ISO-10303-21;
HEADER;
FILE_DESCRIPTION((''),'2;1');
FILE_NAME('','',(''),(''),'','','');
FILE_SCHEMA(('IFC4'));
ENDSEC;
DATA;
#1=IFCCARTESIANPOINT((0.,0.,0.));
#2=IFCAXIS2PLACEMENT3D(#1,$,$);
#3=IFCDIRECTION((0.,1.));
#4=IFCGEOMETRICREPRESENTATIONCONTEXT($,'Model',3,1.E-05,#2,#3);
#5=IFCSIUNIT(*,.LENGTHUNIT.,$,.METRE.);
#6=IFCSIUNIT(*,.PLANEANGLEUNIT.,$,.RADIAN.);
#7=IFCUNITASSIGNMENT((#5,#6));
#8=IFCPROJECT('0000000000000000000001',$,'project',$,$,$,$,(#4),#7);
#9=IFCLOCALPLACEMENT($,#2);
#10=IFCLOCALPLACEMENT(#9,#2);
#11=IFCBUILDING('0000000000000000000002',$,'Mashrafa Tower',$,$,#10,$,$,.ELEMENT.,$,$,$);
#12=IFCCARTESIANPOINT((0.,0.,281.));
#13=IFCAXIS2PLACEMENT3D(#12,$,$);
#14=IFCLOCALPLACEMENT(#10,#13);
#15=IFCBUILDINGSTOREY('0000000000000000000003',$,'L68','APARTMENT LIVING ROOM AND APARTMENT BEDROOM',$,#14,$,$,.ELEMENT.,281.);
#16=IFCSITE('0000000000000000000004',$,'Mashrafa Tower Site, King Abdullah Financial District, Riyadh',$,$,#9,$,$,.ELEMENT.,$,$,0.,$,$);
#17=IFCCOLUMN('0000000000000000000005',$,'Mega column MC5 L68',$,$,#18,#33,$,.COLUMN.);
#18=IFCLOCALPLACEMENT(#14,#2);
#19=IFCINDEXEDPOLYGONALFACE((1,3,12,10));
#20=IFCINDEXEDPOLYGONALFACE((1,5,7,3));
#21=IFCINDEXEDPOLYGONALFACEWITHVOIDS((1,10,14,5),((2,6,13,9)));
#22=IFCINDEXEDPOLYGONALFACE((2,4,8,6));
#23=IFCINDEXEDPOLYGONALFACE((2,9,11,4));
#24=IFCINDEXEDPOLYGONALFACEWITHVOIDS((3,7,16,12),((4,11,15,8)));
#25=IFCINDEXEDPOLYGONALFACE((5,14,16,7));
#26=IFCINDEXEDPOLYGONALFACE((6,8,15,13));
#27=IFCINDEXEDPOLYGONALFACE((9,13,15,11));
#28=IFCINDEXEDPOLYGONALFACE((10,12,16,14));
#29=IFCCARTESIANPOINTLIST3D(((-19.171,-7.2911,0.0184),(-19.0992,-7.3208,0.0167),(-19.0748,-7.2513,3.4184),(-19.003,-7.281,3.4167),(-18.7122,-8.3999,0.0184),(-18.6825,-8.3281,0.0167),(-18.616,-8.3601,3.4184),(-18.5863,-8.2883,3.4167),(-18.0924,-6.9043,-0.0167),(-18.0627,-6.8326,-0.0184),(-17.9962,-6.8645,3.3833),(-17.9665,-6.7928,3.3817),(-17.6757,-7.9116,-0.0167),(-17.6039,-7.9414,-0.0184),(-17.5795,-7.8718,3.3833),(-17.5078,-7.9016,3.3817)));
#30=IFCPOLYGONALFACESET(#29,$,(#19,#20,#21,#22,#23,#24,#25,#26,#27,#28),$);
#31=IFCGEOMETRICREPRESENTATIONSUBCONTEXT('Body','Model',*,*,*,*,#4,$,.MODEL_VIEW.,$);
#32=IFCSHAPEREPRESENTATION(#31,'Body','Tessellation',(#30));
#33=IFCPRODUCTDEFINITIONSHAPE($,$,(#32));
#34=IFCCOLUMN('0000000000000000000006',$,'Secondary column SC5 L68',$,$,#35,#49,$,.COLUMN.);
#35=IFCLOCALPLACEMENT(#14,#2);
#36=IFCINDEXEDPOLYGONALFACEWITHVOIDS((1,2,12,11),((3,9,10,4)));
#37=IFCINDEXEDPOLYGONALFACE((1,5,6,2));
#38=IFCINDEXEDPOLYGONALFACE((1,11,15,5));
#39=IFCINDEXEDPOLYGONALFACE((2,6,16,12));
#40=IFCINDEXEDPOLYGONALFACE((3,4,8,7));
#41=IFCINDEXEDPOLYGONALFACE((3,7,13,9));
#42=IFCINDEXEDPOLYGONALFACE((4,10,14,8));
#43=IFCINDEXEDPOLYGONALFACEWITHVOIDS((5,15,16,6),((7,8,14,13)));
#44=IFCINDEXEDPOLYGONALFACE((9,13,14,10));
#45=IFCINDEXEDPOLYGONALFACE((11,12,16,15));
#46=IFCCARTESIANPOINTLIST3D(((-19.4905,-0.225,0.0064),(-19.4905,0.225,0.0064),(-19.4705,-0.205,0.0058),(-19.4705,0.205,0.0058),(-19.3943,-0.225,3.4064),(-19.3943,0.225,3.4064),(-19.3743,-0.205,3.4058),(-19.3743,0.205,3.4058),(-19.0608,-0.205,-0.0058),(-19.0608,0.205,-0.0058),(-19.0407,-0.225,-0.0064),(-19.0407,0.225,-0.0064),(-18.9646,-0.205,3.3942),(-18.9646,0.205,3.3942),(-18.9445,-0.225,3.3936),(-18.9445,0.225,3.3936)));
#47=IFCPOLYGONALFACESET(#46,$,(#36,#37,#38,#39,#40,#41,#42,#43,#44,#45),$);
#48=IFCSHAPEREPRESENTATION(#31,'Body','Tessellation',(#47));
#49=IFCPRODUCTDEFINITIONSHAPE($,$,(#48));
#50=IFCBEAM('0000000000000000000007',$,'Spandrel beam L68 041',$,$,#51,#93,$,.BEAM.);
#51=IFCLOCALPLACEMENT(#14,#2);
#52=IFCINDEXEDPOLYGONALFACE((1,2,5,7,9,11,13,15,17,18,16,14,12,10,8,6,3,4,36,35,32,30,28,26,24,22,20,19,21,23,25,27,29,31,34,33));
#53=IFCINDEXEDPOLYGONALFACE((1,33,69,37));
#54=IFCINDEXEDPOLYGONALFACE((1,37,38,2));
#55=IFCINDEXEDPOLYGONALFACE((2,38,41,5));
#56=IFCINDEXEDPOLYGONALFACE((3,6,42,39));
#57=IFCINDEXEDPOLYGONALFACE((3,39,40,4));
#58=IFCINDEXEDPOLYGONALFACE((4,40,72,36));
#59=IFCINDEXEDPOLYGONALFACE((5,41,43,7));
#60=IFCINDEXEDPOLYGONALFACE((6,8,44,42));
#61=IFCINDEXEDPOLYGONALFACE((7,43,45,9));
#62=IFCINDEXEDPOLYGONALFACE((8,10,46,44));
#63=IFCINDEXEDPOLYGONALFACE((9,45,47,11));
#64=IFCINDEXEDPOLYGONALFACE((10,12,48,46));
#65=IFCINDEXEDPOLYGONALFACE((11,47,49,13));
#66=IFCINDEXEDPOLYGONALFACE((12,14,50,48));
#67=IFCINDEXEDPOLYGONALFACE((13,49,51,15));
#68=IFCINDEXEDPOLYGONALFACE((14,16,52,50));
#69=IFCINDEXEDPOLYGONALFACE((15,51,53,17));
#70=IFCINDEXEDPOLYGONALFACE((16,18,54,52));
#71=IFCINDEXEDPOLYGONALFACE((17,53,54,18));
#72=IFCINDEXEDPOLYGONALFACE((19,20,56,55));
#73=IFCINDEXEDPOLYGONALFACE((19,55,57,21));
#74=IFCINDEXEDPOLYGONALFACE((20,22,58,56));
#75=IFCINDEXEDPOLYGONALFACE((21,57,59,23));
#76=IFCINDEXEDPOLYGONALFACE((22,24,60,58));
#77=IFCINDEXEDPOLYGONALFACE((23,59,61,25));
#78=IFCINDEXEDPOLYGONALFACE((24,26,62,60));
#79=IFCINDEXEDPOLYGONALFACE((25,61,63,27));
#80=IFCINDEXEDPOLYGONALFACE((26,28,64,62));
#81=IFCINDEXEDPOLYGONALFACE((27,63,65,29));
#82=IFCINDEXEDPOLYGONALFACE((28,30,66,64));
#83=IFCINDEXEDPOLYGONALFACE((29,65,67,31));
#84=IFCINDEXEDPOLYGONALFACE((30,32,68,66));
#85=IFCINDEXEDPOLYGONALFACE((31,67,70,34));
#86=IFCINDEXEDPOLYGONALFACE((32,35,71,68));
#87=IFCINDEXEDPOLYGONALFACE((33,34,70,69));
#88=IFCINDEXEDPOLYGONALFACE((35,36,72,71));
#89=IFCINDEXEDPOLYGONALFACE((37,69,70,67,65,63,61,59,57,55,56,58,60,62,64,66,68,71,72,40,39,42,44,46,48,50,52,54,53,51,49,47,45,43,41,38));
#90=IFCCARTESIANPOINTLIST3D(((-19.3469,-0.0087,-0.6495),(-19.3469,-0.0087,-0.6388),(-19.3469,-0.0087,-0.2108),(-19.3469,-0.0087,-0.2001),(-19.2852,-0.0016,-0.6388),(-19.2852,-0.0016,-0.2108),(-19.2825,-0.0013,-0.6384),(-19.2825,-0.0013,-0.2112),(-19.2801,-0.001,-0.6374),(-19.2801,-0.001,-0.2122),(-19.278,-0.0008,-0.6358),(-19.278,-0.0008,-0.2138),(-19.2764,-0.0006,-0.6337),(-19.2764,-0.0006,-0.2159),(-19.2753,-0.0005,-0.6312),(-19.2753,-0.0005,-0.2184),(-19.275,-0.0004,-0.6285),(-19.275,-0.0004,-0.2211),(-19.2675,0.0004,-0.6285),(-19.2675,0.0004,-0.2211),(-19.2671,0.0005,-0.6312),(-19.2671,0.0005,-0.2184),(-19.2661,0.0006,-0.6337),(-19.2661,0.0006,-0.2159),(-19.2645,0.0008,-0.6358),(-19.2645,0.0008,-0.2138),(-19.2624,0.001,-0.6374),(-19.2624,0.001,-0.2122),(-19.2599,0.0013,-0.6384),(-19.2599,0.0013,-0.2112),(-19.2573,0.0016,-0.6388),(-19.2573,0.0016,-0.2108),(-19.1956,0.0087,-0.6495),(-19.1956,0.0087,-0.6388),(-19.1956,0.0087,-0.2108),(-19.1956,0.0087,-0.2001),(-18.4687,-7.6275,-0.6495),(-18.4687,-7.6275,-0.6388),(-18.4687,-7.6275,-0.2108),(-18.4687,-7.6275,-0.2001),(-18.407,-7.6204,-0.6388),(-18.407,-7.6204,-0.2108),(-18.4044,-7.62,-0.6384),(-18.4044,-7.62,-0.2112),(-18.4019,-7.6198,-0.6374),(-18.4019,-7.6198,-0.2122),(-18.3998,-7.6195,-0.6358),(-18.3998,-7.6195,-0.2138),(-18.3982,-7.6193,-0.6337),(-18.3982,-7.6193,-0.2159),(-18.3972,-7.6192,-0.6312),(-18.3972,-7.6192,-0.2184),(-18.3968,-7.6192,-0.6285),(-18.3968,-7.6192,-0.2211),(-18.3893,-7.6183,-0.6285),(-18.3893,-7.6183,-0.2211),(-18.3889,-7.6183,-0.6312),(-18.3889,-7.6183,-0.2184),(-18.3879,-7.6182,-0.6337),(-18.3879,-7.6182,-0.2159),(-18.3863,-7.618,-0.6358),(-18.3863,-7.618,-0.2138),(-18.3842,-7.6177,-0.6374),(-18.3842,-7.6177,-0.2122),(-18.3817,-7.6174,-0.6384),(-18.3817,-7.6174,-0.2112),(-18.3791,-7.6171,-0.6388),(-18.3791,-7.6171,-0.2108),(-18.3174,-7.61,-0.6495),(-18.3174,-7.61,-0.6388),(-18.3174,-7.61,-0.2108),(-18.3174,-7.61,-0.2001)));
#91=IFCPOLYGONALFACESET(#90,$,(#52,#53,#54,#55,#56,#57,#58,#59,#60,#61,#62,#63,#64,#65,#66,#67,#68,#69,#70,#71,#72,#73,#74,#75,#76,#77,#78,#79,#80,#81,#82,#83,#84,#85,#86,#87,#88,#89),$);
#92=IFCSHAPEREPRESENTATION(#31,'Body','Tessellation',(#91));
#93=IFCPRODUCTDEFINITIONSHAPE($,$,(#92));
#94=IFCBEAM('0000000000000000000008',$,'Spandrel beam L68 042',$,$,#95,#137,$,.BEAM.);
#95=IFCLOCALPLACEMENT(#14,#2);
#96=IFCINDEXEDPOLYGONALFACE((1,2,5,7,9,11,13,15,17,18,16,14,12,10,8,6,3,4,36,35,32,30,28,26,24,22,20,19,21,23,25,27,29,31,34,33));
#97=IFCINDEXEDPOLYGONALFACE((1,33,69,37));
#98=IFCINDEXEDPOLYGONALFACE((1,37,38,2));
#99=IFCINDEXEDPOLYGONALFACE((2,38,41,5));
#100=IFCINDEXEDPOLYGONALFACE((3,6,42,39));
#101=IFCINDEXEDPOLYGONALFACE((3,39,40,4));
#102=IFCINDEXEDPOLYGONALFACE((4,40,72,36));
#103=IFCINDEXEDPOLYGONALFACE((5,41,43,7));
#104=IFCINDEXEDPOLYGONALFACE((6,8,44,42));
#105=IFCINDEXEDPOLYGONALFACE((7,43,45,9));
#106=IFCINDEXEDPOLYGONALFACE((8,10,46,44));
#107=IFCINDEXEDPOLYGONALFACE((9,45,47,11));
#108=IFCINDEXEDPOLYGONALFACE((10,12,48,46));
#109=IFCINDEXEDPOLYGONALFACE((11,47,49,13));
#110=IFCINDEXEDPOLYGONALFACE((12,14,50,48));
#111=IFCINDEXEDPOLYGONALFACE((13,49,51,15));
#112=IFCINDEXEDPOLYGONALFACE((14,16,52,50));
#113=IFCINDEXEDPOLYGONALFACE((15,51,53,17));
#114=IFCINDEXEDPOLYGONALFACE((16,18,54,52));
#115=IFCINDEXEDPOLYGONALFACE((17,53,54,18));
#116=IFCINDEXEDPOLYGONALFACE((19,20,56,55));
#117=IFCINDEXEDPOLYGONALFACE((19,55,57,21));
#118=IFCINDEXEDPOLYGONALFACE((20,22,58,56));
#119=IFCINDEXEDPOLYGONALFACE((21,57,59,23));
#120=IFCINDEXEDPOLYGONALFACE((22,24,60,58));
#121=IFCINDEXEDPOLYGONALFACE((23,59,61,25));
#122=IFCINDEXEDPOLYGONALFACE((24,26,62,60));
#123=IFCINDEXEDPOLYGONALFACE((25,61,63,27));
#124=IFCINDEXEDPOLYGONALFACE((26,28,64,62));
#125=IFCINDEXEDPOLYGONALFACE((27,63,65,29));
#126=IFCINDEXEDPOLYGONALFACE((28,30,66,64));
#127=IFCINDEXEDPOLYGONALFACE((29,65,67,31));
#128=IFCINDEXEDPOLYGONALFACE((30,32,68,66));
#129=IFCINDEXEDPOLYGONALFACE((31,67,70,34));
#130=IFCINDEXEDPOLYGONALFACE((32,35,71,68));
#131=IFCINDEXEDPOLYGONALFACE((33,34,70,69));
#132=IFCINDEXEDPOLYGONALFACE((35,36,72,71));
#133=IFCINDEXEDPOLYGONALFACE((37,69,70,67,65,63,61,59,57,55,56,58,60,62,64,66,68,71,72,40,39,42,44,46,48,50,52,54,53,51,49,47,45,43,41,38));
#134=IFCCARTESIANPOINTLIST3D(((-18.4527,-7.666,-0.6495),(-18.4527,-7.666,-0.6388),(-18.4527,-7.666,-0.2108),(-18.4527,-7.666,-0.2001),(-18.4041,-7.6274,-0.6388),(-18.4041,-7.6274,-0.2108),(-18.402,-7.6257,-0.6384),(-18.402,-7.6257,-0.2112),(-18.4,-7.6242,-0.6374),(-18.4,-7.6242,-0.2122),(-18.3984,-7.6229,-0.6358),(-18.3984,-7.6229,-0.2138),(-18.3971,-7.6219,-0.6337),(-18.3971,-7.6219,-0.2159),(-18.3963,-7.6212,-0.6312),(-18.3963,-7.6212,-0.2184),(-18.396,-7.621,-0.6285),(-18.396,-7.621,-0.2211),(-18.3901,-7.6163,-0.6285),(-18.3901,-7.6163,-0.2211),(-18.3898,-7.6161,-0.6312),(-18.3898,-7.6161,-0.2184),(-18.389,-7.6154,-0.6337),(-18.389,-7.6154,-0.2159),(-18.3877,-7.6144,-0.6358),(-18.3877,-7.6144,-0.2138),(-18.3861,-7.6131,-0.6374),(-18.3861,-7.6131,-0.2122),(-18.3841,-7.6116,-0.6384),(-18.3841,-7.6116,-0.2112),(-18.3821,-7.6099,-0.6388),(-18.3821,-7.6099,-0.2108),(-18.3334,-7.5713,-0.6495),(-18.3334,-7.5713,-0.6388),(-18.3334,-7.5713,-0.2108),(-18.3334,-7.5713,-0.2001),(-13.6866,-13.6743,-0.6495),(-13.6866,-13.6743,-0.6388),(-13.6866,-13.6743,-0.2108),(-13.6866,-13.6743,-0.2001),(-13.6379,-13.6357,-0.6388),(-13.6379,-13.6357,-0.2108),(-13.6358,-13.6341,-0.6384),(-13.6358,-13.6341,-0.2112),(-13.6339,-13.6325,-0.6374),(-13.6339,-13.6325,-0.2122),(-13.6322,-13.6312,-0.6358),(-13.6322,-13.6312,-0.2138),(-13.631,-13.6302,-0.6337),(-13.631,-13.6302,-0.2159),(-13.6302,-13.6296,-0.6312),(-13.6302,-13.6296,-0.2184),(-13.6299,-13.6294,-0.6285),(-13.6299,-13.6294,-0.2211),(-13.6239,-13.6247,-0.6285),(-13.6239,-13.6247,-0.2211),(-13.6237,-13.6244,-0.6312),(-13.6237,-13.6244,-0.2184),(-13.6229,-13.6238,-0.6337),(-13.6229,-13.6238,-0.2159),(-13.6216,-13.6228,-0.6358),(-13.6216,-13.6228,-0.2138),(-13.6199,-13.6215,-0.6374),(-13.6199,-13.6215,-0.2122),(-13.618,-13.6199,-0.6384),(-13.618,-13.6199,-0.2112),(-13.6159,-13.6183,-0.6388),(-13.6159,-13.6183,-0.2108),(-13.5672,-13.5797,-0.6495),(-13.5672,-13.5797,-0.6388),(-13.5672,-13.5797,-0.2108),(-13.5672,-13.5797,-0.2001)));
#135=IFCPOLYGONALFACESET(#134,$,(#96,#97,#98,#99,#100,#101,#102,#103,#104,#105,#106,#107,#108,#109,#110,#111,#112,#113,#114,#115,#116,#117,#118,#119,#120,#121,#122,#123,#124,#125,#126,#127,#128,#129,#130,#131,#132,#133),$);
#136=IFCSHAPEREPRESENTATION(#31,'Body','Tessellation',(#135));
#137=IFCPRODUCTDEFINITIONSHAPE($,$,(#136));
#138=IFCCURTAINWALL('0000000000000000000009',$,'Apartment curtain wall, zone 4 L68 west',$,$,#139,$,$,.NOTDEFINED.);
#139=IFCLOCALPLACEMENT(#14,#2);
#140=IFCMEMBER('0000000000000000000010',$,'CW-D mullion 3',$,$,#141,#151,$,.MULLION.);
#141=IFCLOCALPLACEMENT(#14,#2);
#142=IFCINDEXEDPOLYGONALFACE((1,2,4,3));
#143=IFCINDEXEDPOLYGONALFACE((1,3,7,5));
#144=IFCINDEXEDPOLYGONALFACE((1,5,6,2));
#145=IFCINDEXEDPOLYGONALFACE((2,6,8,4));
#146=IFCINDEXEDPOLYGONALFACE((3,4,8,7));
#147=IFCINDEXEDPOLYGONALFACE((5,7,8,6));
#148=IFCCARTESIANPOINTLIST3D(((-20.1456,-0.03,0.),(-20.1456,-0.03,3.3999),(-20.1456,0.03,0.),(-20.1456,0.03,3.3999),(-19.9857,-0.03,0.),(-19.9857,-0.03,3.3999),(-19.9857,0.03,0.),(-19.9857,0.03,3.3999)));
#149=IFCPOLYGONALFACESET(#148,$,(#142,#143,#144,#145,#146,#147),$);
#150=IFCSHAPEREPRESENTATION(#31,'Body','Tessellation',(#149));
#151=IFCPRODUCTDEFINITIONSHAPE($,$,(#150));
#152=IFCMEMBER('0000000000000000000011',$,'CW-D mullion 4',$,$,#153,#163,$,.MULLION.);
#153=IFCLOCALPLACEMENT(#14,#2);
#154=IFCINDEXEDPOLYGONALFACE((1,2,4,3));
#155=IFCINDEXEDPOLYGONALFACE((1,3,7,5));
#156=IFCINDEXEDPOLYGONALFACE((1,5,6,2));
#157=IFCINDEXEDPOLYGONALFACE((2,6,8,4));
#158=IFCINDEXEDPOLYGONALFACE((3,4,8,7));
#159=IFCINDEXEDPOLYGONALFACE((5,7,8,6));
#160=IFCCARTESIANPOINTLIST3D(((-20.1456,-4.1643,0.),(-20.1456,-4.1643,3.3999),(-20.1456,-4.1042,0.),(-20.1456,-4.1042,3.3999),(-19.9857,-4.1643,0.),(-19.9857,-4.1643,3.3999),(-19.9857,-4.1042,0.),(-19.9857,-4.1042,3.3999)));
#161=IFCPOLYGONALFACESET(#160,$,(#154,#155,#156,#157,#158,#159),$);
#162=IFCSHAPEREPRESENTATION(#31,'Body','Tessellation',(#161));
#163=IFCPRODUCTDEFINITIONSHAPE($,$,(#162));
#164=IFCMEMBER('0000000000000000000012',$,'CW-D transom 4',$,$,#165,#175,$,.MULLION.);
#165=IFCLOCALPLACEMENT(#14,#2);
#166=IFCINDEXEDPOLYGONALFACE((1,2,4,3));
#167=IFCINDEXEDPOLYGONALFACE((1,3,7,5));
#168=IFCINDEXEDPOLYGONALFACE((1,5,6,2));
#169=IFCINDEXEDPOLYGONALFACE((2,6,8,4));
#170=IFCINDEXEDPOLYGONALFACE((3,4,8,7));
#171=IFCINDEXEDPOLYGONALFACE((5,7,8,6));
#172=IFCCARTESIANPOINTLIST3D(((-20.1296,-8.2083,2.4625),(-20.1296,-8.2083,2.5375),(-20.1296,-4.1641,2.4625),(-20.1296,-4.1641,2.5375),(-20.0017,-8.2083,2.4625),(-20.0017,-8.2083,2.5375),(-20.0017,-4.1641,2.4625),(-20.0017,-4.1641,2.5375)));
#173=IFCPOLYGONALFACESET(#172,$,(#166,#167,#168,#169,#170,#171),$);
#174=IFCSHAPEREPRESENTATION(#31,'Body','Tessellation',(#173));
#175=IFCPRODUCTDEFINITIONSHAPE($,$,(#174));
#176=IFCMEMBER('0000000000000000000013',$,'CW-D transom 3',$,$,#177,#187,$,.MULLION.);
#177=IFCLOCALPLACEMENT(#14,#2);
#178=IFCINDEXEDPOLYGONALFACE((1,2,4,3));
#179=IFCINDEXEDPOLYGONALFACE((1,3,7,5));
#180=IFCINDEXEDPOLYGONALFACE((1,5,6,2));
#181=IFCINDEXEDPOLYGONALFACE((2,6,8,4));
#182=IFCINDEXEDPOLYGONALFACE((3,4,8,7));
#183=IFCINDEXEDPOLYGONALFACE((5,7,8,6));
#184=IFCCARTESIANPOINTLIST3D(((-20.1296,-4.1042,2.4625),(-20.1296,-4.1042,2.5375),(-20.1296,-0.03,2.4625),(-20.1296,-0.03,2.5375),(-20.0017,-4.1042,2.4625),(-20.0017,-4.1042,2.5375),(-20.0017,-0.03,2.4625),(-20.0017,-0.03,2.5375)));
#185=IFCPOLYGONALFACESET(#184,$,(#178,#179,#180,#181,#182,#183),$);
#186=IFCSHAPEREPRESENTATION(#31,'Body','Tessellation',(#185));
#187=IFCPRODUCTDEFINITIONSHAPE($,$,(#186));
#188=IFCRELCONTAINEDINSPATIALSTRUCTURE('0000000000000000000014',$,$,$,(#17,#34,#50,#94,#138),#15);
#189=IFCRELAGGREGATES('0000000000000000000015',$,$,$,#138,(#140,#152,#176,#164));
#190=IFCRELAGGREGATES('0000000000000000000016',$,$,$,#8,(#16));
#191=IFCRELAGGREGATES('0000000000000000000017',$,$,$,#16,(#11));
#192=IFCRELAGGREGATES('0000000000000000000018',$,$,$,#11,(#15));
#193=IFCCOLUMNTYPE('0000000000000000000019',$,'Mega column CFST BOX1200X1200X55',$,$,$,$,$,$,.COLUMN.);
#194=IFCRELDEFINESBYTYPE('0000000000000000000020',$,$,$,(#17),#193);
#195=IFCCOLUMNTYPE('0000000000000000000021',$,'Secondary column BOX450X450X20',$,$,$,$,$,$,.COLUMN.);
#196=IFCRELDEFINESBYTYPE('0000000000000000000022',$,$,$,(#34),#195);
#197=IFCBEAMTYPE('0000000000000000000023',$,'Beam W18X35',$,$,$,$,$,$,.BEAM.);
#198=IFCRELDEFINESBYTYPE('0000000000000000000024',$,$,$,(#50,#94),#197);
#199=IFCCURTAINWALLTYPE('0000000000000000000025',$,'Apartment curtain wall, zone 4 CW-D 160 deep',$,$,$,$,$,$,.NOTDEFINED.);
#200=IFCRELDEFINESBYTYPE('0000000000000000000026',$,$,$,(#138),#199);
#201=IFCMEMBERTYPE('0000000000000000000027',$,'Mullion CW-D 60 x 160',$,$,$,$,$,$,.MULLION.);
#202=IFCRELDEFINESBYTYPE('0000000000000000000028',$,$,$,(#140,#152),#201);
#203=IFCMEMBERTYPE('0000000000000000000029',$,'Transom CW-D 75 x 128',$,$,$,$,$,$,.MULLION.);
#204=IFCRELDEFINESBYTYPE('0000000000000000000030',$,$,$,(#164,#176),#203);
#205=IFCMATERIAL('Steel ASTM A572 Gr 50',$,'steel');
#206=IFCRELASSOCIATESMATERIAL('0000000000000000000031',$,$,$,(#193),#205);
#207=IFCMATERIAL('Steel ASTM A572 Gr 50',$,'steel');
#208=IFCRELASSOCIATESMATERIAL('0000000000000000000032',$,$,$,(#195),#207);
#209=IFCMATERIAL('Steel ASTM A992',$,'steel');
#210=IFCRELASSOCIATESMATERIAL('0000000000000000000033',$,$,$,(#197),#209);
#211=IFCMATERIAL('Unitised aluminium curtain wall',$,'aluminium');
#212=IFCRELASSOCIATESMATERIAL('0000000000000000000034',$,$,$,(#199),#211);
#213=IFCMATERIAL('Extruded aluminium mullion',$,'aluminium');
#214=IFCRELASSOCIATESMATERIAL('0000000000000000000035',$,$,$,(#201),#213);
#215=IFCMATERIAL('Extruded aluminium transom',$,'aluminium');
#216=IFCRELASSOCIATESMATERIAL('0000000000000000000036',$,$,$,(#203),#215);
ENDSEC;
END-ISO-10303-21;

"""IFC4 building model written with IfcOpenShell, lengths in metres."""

from ifc_helpers import new_model, si_unit, direction, frame, origin, origin_2d, place, context, subcontext, project, spatial, rectangle, hollow_rectangle, i_section, extrude, source, transform, mapped, material, material_profile, profile_set, type_object, type_shapes, element, aggregate, save


model = new_model("IFC4")

# Units and contexts
model_context = context("Model", 3, precision=1e-05, world=origin(), true_north=direction((0.0, 1.0)))
body_context = subcontext(model_context, "Body", "Model", "MODEL_VIEW")
ifc_project = project(units=[si_unit("LENGTHUNIT", "METRE"), si_unit("PLANEANGLEUNIT", "RADIAN")], contexts=[model_context])

# Site, building, storey
site_placement = place(None, origin())
site = spatial("IfcSite", under=ifc_project, at=site_placement, Name="Mashrafa Tower Site, King Abdullah Financial District, Riyadh", CompositionType="ELEMENT", RefElevation=0.0)
building_placement = place(site_placement, origin())
building = spatial("IfcBuilding", under=site, at=building_placement, Name="Mashrafa Tower", CompositionType="ELEMENT")
storey_placement = place(building_placement, frame((0.0, 0.0, 281.0)))
storey = spatial("IfcBuildingStorey", under=building, at=storey_placement, Name="L68", Description="APARTMENT LIVING ROOM AND APARTMENT BEDROOM", CompositionType="ELEMENT", Elevation=281.0)

# Columns
ifc_material_1 = material(Name="Steel ASTM A572 Gr 50", Category="steel")
ifc_material_profile_1 = material_profile(ifc_material_1, hollow_rectangle(XDim=1.2, YDim=1.2, WallThickness=0.0549, at=origin_2d()), Name="BOX1200X1200X55")
ifc_profile_set_1 = profile_set([ifc_material_profile_1], Name="Steel ASTM A572 Gr 50")
column_type_1 = type_object("IfcColumnType", Name="Mega column CFST BOX1200X1200X55", PredefinedType="COLUMN", material=ifc_profile_set_1)
column_1_placement = place(storey_placement, frame((-18.3875, -7.6162, 0.0), z_axis=(0.028279, 0.011699, 0.999532), x_axis=(-0.382283, 0.924045, 0.0)))
element("IfcColumn", 1, at=column_1_placement, inside=storey, type_object=column_type_1, Name="Mega column MC5 L68", PredefinedType="COLUMN", context=body_context, shape_type="SweptSolid", body=[
    extrude(hollow_rectangle(XDim=1.2, YDim=1.2, WallThickness=0.0549, at=origin_2d()), origin(), (0.0, 0.0, 1.0), 3.4016),
])
ifc_material_2 = material(Name="Steel ASTM A572 Gr 50", Category="steel")
ifc_material_profile_2 = material_profile(ifc_material_2, hollow_rectangle(XDim=0.45, YDim=0.45, WallThickness=0.02, at=origin_2d()), Name="BOX450X450X20")
ifc_profile_set_2 = profile_set([ifc_material_profile_2], Name="Steel ASTM A572 Gr 50")
column_type_2 = type_object("IfcColumnType", Name="Secondary column BOX450X450X20", PredefinedType="COLUMN", material=ifc_profile_set_2)
column_2_placement = place(storey_placement, frame((-19.2656, 0.0, 0.0), z_axis=(0.028281, 0.0, 0.9996), x_axis=(0.0, 1.0, 0.0)))
element("IfcColumn", 2, at=column_2_placement, inside=storey, type_object=column_type_2, Name="Secondary column SC5 L68", PredefinedType="COLUMN", context=body_context, shape_type="SweptSolid", body=[
    extrude(hollow_rectangle(XDim=0.45, YDim=0.45, WallThickness=0.02, at=origin_2d()), origin(), (0.0, 0.0, 1.0), 3.4014),
])

# Beams
ifc_material_3 = material(Name="Steel ASTM A992", Category="steel")
ifc_material_profile_3 = material_profile(ifc_material_3, i_section(OverallWidth=0.1523, OverallDepth=0.4495, WebThickness=0.0076, FlangeThickness=0.0107, FilletRadius=0.0103, at=origin_2d()), Name="W18X35")
ifc_profile_set_3 = profile_set([ifc_material_profile_3], Name="Steel ASTM A992")
beam_type = type_object("IfcBeamType", Name="Beam W18X35", PredefinedType="BEAM", material=ifc_profile_set_3)
for number, where, z_axis, x_axis, name in (
    (3, (-19.2712, 0.0, -0.4248), (0.114508, -0.993422, 0.0), (0.993422, 0.114508, 0.0), "Spandrel beam L68 041"),
    (4, (-18.3931, -7.6187, -0.4248), (0.621467, -0.78344, 0.0), (0.78344, 0.621467, 0.0), "Spandrel beam L68 042"),
):
    element("IfcBeam", number, at=place(storey_placement, frame(where, z_axis=z_axis, x_axis=x_axis)), inside=storey, type_object=beam_type, Name=name, PredefinedType="BEAM", context=body_context, shape_type="SweptSolid", body=[
        extrude(i_section(OverallWidth=0.1523, OverallDepth=0.4495, WebThickness=0.0076, FlangeThickness=0.0107, FilletRadius=0.0103, at=origin_2d()), origin(), (0.0, 0.0, 1.0), 7.6692),
    ])

# Curtain wall, members
ifc_material_4 = material(Name="Unitised aluminium curtain wall", Category="aluminium")
curtain_wall_type = type_object("IfcCurtainWallType", Name="Apartment curtain wall, zone 4 CW-D 160 deep", PredefinedType="NOTDEFINED", material=ifc_material_4)
curtain_wall_placement = place(storey_placement, origin())
curtain_wall = element("IfcCurtainWall", 5, at=curtain_wall_placement, inside=storey, type_object=curtain_wall_type, Name="Apartment curtain wall, zone 4 L68 west", PredefinedType="NOTDEFINED")
ifc_material_5 = material(Name="Extruded aluminium mullion", Category="aluminium")
ifc_material_profile_4 = material_profile(ifc_material_5, rectangle(XDim=0.1599, YDim=0.0601, at=origin_2d()), Name="Mullion 60x160")
ifc_profile_set_4 = profile_set([ifc_material_profile_4], Name="Extruded aluminium mullion")
member_type_1 = type_object("IfcMemberType", Name="Mullion CW-D 60 x 160", PredefinedType="MULLION", material=ifc_profile_set_4)
shared_shape_1 = source(origin(), body_context, "Body", "SweptSolid", [
    extrude(rectangle(XDim=0.1599, YDim=0.0601, at=origin_2d()), origin(), (0.0, 0.0, 1.0), 3.3999),
])
type_shapes(member_type_1, [shared_shape_1])
member_1_placement = place(storey_placement, frame((-20.0657, 0.0, 0.0), z_axis=(0.0, 0.0, 1.0), x_axis=(1.0, 0.0, 0.0)))
member_1 = element("IfcMember", 6, at=member_1_placement, type_object=member_type_1, Name="CW-D mullion 3", PredefinedType="MULLION", context=body_context, shape_type="MappedRepresentation", body=[
    mapped(shared_shape_1, transform((0.0, 0.0, 0.0))),
])
member_2_placement = place(storey_placement, frame((-20.0657, -4.1343, 0.0), z_axis=(0.0, 0.0, 1.0), x_axis=(1.0, 0.0, 0.0)))
member_2 = element("IfcMember", 7, at=member_2_placement, type_object=member_type_1, Name="CW-D mullion 4", PredefinedType="MULLION", context=body_context, shape_type="MappedRepresentation", body=[
    mapped(shared_shape_1, transform((0.0, 0.0, 0.0))),
])
ifc_material_6 = material(Name="Extruded aluminium transom", Category="aluminium")
ifc_material_profile_5 = material_profile(ifc_material_6, rectangle(XDim=0.1279, YDim=0.075, at=origin_2d()), Name="Transom 75x128")
ifc_profile_set_5 = profile_set([ifc_material_profile_5], Name="Extruded aluminium transom")
member_type_2 = type_object("IfcMemberType", Name="Transom CW-D 75 x 128", PredefinedType="MULLION", material=ifc_profile_set_5)
shared_shape_2 = source(origin(), body_context, "Body", "SweptSolid", [
    extrude(rectangle(XDim=0.1279, YDim=0.075, at=origin_2d()), origin(), (0.0, 0.0, 1.0), 4.0442),
])
member_3_placement = place(storey_placement, frame((-20.0657, -4.1641, 2.5), z_axis=(0.0, -1.0, 0.0), x_axis=(1.0, 0.0, 0.0)))
member_3 = element("IfcMember", 8, at=member_3_placement, type_object=member_type_2, Name="CW-D transom 4", PredefinedType="MULLION", context=body_context, shape_type="MappedRepresentation", body=[
    mapped(shared_shape_2, transform((0.0, 0.0, 0.0))),
])
shared_shape_3 = source(origin(), body_context, "Body", "SweptSolid", [
    extrude(rectangle(XDim=0.1279, YDim=0.075, at=origin_2d()), origin(), (0.0, 0.0, 1.0), 4.0742),
])
type_shapes(member_type_2, [shared_shape_2, shared_shape_3])
member_4_placement = place(storey_placement, frame((-20.0657, -0.03, 2.5), z_axis=(0.0, -1.0, 0.0), x_axis=(1.0, 0.0, 0.0)))
member_4 = element("IfcMember", 9, at=member_4_placement, type_object=member_type_2, Name="CW-D transom 3", PredefinedType="MULLION", context=body_context, shape_type="MappedRepresentation", body=[
    mapped(shared_shape_3, transform((0.0, 0.0, 0.0))),
])
aggregate(curtain_wall, [member_1, member_2, member_4, member_3])

save(model, "model.ifc")
